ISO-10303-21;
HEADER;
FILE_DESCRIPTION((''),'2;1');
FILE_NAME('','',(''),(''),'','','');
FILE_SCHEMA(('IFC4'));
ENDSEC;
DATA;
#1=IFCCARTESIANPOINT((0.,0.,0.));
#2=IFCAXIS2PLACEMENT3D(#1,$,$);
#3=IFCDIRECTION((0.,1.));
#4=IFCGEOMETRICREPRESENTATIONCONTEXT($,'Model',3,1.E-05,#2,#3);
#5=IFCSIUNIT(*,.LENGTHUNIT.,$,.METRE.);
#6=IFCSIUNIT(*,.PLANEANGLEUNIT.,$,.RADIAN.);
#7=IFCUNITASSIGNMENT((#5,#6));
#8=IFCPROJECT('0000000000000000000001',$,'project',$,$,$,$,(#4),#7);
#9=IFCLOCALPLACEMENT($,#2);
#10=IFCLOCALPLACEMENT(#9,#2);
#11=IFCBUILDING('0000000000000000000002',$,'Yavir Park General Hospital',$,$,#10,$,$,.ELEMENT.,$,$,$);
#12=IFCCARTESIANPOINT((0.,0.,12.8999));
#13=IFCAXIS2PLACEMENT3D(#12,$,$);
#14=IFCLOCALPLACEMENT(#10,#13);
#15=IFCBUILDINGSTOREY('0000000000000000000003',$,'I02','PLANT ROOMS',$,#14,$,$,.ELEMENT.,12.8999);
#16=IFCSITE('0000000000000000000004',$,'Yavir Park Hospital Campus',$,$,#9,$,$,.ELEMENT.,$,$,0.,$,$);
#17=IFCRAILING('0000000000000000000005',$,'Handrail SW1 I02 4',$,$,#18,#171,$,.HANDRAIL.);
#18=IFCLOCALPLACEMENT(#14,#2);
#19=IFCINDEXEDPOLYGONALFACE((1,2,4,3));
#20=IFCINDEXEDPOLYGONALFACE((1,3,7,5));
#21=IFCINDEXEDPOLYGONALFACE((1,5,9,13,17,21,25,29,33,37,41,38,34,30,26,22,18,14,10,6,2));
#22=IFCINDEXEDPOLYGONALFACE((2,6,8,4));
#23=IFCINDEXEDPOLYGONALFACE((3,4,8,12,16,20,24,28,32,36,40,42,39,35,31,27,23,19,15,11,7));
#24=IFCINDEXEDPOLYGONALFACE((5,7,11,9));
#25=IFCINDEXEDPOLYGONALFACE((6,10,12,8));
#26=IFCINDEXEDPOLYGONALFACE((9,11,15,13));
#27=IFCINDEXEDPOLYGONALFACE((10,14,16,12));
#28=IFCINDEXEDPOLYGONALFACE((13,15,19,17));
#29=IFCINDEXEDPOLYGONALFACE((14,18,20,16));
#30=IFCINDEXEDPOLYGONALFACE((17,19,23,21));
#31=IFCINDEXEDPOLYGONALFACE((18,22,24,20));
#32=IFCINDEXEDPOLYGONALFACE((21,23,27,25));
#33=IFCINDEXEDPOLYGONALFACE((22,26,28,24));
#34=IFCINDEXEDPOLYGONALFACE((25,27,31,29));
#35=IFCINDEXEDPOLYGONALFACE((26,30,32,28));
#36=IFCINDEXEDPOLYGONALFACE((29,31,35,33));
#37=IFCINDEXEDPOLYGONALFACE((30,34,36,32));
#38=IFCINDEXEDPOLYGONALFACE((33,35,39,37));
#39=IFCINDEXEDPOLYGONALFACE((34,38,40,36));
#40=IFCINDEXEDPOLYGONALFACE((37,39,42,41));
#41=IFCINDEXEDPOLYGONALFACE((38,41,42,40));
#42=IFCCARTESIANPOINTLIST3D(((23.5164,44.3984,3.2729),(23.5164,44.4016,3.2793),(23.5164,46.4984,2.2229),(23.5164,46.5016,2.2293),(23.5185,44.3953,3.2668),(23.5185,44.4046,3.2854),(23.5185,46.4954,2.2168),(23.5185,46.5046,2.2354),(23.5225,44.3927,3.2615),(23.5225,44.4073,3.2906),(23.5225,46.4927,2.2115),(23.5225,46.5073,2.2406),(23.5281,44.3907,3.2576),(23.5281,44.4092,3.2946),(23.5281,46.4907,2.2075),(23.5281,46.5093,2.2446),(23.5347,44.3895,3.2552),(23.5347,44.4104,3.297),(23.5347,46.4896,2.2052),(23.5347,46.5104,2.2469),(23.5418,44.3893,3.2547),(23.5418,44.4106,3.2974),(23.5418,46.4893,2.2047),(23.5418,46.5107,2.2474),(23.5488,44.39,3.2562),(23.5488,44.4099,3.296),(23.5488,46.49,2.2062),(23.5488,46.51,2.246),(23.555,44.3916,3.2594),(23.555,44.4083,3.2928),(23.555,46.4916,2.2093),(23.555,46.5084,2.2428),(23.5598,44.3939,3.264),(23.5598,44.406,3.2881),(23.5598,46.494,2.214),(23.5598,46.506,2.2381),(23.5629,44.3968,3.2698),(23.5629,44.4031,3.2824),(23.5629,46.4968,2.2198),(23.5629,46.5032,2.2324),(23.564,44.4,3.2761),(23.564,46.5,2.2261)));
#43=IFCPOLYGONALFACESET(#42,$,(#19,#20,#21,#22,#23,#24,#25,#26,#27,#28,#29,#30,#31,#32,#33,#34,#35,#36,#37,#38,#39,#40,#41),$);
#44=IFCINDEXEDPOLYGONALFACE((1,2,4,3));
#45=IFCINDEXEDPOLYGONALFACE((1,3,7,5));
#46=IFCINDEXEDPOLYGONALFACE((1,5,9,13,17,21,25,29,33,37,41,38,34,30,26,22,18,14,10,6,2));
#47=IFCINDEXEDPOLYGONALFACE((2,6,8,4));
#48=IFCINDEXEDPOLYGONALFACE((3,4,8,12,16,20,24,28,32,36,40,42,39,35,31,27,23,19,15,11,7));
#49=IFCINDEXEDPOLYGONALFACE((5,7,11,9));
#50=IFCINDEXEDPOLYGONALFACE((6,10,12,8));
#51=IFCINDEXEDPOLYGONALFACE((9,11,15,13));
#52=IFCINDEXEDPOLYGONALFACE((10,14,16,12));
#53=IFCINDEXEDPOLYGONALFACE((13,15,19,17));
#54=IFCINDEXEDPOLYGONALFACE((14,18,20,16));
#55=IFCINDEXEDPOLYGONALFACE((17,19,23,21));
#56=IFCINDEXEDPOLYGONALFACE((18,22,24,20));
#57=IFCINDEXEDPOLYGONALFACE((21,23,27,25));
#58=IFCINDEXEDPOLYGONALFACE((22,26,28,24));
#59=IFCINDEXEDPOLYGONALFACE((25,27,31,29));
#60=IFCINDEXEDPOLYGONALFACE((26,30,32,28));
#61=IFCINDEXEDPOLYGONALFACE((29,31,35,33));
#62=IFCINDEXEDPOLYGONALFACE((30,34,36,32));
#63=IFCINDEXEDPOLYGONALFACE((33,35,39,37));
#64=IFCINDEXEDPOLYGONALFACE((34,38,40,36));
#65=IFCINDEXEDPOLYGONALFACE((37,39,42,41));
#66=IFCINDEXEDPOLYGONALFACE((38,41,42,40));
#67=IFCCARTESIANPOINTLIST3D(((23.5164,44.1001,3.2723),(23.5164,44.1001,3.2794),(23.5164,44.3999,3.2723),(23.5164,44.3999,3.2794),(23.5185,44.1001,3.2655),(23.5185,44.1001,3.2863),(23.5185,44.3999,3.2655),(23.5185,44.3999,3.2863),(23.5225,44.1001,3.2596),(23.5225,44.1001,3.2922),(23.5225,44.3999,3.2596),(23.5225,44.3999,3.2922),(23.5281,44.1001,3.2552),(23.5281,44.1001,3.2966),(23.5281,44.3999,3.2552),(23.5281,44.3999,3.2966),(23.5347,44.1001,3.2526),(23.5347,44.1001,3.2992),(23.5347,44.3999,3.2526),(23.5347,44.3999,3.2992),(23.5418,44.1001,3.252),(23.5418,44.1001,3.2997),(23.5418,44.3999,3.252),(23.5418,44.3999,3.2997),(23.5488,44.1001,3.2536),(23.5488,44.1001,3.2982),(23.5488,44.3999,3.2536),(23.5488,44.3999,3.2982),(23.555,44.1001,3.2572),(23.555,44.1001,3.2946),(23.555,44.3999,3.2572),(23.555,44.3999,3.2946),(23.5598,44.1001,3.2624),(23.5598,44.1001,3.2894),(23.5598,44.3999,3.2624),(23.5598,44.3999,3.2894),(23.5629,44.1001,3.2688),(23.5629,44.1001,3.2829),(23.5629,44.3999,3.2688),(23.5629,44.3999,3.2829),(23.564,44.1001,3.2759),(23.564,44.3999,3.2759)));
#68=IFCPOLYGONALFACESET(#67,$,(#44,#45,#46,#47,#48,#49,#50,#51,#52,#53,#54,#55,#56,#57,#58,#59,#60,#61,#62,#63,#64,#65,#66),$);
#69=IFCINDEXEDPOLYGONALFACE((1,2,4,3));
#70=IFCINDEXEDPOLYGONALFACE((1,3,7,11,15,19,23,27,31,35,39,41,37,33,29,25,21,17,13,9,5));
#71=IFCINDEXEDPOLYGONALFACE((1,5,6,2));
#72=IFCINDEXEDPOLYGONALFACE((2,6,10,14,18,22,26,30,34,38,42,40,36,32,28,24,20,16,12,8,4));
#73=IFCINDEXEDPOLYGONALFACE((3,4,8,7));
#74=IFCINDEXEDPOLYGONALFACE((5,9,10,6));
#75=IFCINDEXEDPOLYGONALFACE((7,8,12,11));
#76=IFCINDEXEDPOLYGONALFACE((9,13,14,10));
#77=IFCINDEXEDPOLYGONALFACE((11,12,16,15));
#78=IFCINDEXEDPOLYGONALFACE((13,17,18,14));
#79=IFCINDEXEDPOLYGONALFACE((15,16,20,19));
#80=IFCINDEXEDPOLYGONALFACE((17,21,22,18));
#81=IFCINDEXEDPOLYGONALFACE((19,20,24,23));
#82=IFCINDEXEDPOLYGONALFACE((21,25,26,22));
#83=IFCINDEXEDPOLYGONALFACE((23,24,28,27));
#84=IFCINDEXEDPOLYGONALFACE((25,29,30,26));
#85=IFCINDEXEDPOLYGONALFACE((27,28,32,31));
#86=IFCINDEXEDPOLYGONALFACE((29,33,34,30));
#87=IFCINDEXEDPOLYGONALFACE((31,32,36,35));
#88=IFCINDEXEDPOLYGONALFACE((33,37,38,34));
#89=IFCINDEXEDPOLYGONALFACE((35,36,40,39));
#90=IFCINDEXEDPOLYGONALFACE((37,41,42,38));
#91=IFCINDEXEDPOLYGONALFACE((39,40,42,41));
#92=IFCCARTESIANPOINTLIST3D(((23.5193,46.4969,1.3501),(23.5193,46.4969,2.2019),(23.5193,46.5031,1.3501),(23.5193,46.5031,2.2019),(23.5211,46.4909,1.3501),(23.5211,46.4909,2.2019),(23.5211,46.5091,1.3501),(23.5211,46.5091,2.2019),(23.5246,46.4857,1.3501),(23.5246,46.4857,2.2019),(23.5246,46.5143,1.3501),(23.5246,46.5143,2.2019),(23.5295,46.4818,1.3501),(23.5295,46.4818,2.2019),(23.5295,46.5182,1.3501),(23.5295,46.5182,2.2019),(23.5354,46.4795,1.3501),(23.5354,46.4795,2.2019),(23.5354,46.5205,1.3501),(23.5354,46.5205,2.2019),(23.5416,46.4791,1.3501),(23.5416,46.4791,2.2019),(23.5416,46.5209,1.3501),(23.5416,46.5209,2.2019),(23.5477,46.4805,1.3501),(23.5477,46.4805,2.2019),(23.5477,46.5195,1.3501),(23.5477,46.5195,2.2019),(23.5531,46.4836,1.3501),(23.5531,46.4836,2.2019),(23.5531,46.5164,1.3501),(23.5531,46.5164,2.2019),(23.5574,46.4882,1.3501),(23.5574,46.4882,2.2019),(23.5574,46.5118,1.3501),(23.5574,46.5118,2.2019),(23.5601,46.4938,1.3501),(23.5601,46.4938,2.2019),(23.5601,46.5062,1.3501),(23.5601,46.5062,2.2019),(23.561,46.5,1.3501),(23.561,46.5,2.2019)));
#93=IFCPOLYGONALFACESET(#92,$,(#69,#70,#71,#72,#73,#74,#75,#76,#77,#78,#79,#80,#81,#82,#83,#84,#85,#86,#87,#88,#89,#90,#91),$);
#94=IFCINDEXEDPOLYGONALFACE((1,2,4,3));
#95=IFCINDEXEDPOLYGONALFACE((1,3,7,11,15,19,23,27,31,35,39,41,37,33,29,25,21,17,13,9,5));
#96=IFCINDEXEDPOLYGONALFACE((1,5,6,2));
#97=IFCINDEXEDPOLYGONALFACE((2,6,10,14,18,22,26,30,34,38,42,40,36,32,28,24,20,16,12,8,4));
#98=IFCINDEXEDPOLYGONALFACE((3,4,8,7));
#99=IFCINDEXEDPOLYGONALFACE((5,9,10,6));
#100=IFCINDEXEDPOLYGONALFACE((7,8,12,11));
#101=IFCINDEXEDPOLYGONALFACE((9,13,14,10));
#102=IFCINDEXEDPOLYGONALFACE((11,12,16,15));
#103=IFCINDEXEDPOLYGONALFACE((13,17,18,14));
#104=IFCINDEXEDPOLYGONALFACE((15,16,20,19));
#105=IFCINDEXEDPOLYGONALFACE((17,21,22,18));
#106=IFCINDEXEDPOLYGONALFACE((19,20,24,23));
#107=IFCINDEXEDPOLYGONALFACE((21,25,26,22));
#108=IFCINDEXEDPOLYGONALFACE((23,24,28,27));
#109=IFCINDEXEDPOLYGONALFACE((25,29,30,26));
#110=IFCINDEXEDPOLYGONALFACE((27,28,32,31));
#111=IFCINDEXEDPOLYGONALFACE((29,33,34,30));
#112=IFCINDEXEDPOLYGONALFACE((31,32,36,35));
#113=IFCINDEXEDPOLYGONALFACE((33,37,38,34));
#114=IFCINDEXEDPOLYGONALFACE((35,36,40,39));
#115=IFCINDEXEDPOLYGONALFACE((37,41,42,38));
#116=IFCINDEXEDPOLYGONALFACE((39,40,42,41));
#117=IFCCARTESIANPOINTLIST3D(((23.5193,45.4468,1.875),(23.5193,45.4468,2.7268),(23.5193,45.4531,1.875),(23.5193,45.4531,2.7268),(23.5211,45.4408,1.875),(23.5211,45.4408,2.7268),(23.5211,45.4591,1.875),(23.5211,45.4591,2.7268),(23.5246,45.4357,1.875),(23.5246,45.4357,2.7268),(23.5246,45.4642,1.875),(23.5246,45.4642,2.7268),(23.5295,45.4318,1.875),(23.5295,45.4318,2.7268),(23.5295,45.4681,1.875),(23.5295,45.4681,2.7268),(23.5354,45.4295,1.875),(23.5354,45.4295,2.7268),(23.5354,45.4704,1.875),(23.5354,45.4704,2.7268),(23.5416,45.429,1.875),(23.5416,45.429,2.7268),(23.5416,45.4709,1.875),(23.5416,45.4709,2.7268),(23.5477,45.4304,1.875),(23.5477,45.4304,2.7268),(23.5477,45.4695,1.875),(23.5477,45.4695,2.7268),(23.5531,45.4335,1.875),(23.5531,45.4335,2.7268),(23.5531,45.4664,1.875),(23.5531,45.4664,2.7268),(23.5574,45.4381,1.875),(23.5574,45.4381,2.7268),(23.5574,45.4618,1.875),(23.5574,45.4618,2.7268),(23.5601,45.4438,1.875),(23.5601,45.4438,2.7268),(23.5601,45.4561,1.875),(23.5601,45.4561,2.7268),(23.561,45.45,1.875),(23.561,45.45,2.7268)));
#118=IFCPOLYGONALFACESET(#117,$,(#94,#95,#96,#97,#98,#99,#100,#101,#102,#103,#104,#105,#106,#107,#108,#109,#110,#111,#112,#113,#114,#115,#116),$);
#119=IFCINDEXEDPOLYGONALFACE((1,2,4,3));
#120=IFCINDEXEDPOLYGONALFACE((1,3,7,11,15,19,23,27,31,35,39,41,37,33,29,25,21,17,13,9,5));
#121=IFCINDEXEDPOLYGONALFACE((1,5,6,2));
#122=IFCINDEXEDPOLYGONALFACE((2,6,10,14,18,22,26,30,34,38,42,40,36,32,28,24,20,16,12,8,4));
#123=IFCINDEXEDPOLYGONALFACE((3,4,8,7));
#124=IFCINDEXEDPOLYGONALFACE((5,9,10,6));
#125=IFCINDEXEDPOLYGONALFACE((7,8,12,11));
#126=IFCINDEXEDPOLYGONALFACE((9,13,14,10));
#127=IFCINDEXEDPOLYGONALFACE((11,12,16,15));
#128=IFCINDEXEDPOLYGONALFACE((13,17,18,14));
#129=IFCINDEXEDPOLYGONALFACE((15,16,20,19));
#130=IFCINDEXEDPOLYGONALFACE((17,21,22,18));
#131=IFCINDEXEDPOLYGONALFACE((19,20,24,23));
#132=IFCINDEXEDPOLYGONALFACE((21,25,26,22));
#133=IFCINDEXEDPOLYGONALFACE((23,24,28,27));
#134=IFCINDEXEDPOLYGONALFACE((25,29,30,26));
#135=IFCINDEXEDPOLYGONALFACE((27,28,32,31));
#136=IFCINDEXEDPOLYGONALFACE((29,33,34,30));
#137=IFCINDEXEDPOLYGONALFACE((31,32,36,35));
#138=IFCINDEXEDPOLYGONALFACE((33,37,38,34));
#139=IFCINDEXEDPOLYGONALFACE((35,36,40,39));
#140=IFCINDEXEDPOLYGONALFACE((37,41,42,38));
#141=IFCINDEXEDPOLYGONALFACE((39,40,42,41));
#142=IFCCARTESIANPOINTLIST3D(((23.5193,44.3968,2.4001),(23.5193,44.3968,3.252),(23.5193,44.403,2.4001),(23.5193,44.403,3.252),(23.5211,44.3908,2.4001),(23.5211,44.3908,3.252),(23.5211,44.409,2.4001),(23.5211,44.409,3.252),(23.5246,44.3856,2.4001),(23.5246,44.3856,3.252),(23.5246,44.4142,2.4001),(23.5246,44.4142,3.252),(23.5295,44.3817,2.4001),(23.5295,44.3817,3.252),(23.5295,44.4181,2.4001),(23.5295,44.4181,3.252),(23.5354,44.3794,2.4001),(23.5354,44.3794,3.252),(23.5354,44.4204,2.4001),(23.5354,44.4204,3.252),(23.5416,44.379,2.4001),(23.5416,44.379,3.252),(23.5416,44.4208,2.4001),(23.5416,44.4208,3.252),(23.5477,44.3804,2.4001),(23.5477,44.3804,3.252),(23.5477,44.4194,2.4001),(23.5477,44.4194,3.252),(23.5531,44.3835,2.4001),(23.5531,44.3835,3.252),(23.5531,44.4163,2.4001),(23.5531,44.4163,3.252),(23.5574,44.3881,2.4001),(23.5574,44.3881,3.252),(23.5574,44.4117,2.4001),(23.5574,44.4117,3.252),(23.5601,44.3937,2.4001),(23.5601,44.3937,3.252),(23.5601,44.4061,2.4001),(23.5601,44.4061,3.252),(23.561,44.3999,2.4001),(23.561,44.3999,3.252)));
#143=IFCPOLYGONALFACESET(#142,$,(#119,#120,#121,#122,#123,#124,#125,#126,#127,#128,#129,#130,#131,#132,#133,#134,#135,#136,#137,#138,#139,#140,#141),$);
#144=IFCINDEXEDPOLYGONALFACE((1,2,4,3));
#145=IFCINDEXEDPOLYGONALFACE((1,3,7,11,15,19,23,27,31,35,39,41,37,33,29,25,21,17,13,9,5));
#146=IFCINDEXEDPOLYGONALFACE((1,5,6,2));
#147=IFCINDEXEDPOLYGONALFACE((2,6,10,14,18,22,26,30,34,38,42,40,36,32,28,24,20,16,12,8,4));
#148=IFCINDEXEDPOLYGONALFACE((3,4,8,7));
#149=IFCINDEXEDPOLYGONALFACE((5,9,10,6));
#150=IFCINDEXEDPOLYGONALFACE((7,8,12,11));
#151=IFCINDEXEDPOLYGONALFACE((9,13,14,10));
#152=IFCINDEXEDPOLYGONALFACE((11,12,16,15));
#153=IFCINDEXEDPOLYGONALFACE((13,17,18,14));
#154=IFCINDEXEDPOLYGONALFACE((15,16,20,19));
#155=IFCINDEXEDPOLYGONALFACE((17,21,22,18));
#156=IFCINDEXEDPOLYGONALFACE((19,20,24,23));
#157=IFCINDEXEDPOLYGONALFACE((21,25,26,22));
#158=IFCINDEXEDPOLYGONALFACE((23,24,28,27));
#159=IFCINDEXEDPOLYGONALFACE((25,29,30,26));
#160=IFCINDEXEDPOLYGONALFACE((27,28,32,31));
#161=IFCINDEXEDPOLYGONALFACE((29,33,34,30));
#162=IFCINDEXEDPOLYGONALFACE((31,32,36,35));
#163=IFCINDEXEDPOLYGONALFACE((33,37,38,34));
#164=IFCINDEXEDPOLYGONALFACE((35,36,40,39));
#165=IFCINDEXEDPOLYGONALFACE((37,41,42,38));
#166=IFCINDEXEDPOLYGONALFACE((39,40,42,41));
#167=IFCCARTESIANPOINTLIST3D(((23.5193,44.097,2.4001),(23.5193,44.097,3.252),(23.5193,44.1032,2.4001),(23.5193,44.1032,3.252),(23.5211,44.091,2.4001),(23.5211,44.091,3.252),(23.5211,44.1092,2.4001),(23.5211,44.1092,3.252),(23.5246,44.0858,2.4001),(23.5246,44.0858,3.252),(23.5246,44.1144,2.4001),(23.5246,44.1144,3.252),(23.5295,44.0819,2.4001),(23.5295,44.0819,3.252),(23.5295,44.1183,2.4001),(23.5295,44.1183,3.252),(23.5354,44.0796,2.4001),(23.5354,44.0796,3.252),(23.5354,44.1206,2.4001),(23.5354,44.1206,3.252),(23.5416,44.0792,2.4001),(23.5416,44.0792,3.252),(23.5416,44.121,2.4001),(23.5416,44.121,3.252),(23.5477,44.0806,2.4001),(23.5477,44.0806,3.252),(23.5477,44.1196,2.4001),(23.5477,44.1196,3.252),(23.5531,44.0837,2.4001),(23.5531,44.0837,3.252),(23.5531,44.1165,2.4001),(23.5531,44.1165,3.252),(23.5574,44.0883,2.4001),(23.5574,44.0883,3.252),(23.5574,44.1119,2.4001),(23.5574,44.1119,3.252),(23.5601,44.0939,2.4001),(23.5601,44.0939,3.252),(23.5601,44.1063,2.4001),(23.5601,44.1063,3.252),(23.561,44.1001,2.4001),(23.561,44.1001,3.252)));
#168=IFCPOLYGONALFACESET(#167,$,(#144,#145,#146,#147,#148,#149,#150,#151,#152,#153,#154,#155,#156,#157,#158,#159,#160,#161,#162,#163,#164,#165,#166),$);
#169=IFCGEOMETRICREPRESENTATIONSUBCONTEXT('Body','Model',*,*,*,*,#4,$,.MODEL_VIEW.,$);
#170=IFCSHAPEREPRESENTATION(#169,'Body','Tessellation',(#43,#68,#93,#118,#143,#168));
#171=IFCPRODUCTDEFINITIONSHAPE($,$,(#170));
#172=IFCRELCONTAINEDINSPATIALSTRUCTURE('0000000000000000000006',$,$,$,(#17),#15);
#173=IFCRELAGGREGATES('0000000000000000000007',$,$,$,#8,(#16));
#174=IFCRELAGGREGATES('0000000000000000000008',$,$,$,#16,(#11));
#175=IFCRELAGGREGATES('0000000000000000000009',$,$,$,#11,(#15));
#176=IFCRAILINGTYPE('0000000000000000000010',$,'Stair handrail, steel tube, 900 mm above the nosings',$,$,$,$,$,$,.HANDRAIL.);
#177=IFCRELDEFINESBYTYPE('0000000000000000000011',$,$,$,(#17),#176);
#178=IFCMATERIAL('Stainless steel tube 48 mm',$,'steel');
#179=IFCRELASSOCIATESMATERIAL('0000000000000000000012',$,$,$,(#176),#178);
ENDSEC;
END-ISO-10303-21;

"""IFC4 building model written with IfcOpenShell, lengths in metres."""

from ifc_helpers import new_model, si_unit, direction, frame, origin, origin_2d, place, context, subcontext, project, spatial, circle, extrude, material, type_object, element, save


model = new_model("IFC4")

# Units and contexts
model_context = context("Model", 3, precision=1e-05, world=origin(), true_north=direction((0.0, 1.0)))
body_context = subcontext(model_context, "Body", "Model", "MODEL_VIEW")
ifc_project = project(units=[si_unit("LENGTHUNIT", "METRE"), si_unit("PLANEANGLEUNIT", "RADIAN")], contexts=[model_context])

# Site, building, storey
site_placement = place(None, origin())
site = spatial("IfcSite", under=ifc_project, at=site_placement, Name="Yavir Park Hospital Campus", CompositionType="ELEMENT", RefElevation=0.0)
building_placement = place(site_placement, origin())
building = spatial("IfcBuilding", under=site, at=building_placement, Name="Yavir Park General Hospital", CompositionType="ELEMENT")
storey_placement = place(building_placement, frame((0.0, 0.0, 12.8999)))
storey = spatial("IfcBuildingStorey", under=building, at=storey_placement, Name="I02", Description="PLANT ROOMS", CompositionType="ELEMENT", Elevation=12.8999)

# Railing
ifc_material_1 = material(Name="Stainless steel tube 48 mm", Category="steel")
railing_type_1 = type_object("IfcRailingType", Name="Stair handrail, steel tube, 900 mm above the nosings", PredefinedType="HANDRAIL", material=ifc_material_1)
for number, where, name in (
    (1, (23.54, 46.5, 1.3501), "Handrail SW1 I02 4"),
):
    element("IfcRailing", number, at=place(storey_placement, frame(where)), inside=storey, type_object=railing_type_1, Name=name, PredefinedType="HANDRAIL", context=body_context, shape_type="SweptSolid", body=[
        extrude(circle(Radius=0.0239, at=origin_2d()), frame((0.0, 0.0, 0.876), z_axis=(0.0, -0.894427, 0.447214), x_axis=(1.0, 0.0, 0.0)), (0.0, 0.0, 1.0), 2.3479),
        extrude(circle(Radius=0.0239, at=origin_2d()), frame((0.0, -2.1001, 1.9258), z_axis=(0.0, -1.0, 0.0), x_axis=(1.0, 0.0, 0.0)), (0.0, 0.0, 1.0), 0.2998),
        extrude(circle(Radius=0.021, at=origin_2d()), origin(), (0.0, 0.0, 1.0), 0.8518),
        extrude(circle(Radius=0.021, at=origin_2d()), frame((0.0, -1.05, 0.5249)), (0.0, 0.0, 1.0), 0.8518),
        extrude(circle(Radius=0.021, at=origin_2d()), frame((0.0, -2.1001, 1.05)), (0.0, 0.0, 1.0), 0.8518),
        extrude(circle(Radius=0.021, at=origin_2d()), frame((0.0, -2.3999, 1.05)), (0.0, 0.0, 1.0), 0.8518),
    ])

save(model, "model.ifc")
